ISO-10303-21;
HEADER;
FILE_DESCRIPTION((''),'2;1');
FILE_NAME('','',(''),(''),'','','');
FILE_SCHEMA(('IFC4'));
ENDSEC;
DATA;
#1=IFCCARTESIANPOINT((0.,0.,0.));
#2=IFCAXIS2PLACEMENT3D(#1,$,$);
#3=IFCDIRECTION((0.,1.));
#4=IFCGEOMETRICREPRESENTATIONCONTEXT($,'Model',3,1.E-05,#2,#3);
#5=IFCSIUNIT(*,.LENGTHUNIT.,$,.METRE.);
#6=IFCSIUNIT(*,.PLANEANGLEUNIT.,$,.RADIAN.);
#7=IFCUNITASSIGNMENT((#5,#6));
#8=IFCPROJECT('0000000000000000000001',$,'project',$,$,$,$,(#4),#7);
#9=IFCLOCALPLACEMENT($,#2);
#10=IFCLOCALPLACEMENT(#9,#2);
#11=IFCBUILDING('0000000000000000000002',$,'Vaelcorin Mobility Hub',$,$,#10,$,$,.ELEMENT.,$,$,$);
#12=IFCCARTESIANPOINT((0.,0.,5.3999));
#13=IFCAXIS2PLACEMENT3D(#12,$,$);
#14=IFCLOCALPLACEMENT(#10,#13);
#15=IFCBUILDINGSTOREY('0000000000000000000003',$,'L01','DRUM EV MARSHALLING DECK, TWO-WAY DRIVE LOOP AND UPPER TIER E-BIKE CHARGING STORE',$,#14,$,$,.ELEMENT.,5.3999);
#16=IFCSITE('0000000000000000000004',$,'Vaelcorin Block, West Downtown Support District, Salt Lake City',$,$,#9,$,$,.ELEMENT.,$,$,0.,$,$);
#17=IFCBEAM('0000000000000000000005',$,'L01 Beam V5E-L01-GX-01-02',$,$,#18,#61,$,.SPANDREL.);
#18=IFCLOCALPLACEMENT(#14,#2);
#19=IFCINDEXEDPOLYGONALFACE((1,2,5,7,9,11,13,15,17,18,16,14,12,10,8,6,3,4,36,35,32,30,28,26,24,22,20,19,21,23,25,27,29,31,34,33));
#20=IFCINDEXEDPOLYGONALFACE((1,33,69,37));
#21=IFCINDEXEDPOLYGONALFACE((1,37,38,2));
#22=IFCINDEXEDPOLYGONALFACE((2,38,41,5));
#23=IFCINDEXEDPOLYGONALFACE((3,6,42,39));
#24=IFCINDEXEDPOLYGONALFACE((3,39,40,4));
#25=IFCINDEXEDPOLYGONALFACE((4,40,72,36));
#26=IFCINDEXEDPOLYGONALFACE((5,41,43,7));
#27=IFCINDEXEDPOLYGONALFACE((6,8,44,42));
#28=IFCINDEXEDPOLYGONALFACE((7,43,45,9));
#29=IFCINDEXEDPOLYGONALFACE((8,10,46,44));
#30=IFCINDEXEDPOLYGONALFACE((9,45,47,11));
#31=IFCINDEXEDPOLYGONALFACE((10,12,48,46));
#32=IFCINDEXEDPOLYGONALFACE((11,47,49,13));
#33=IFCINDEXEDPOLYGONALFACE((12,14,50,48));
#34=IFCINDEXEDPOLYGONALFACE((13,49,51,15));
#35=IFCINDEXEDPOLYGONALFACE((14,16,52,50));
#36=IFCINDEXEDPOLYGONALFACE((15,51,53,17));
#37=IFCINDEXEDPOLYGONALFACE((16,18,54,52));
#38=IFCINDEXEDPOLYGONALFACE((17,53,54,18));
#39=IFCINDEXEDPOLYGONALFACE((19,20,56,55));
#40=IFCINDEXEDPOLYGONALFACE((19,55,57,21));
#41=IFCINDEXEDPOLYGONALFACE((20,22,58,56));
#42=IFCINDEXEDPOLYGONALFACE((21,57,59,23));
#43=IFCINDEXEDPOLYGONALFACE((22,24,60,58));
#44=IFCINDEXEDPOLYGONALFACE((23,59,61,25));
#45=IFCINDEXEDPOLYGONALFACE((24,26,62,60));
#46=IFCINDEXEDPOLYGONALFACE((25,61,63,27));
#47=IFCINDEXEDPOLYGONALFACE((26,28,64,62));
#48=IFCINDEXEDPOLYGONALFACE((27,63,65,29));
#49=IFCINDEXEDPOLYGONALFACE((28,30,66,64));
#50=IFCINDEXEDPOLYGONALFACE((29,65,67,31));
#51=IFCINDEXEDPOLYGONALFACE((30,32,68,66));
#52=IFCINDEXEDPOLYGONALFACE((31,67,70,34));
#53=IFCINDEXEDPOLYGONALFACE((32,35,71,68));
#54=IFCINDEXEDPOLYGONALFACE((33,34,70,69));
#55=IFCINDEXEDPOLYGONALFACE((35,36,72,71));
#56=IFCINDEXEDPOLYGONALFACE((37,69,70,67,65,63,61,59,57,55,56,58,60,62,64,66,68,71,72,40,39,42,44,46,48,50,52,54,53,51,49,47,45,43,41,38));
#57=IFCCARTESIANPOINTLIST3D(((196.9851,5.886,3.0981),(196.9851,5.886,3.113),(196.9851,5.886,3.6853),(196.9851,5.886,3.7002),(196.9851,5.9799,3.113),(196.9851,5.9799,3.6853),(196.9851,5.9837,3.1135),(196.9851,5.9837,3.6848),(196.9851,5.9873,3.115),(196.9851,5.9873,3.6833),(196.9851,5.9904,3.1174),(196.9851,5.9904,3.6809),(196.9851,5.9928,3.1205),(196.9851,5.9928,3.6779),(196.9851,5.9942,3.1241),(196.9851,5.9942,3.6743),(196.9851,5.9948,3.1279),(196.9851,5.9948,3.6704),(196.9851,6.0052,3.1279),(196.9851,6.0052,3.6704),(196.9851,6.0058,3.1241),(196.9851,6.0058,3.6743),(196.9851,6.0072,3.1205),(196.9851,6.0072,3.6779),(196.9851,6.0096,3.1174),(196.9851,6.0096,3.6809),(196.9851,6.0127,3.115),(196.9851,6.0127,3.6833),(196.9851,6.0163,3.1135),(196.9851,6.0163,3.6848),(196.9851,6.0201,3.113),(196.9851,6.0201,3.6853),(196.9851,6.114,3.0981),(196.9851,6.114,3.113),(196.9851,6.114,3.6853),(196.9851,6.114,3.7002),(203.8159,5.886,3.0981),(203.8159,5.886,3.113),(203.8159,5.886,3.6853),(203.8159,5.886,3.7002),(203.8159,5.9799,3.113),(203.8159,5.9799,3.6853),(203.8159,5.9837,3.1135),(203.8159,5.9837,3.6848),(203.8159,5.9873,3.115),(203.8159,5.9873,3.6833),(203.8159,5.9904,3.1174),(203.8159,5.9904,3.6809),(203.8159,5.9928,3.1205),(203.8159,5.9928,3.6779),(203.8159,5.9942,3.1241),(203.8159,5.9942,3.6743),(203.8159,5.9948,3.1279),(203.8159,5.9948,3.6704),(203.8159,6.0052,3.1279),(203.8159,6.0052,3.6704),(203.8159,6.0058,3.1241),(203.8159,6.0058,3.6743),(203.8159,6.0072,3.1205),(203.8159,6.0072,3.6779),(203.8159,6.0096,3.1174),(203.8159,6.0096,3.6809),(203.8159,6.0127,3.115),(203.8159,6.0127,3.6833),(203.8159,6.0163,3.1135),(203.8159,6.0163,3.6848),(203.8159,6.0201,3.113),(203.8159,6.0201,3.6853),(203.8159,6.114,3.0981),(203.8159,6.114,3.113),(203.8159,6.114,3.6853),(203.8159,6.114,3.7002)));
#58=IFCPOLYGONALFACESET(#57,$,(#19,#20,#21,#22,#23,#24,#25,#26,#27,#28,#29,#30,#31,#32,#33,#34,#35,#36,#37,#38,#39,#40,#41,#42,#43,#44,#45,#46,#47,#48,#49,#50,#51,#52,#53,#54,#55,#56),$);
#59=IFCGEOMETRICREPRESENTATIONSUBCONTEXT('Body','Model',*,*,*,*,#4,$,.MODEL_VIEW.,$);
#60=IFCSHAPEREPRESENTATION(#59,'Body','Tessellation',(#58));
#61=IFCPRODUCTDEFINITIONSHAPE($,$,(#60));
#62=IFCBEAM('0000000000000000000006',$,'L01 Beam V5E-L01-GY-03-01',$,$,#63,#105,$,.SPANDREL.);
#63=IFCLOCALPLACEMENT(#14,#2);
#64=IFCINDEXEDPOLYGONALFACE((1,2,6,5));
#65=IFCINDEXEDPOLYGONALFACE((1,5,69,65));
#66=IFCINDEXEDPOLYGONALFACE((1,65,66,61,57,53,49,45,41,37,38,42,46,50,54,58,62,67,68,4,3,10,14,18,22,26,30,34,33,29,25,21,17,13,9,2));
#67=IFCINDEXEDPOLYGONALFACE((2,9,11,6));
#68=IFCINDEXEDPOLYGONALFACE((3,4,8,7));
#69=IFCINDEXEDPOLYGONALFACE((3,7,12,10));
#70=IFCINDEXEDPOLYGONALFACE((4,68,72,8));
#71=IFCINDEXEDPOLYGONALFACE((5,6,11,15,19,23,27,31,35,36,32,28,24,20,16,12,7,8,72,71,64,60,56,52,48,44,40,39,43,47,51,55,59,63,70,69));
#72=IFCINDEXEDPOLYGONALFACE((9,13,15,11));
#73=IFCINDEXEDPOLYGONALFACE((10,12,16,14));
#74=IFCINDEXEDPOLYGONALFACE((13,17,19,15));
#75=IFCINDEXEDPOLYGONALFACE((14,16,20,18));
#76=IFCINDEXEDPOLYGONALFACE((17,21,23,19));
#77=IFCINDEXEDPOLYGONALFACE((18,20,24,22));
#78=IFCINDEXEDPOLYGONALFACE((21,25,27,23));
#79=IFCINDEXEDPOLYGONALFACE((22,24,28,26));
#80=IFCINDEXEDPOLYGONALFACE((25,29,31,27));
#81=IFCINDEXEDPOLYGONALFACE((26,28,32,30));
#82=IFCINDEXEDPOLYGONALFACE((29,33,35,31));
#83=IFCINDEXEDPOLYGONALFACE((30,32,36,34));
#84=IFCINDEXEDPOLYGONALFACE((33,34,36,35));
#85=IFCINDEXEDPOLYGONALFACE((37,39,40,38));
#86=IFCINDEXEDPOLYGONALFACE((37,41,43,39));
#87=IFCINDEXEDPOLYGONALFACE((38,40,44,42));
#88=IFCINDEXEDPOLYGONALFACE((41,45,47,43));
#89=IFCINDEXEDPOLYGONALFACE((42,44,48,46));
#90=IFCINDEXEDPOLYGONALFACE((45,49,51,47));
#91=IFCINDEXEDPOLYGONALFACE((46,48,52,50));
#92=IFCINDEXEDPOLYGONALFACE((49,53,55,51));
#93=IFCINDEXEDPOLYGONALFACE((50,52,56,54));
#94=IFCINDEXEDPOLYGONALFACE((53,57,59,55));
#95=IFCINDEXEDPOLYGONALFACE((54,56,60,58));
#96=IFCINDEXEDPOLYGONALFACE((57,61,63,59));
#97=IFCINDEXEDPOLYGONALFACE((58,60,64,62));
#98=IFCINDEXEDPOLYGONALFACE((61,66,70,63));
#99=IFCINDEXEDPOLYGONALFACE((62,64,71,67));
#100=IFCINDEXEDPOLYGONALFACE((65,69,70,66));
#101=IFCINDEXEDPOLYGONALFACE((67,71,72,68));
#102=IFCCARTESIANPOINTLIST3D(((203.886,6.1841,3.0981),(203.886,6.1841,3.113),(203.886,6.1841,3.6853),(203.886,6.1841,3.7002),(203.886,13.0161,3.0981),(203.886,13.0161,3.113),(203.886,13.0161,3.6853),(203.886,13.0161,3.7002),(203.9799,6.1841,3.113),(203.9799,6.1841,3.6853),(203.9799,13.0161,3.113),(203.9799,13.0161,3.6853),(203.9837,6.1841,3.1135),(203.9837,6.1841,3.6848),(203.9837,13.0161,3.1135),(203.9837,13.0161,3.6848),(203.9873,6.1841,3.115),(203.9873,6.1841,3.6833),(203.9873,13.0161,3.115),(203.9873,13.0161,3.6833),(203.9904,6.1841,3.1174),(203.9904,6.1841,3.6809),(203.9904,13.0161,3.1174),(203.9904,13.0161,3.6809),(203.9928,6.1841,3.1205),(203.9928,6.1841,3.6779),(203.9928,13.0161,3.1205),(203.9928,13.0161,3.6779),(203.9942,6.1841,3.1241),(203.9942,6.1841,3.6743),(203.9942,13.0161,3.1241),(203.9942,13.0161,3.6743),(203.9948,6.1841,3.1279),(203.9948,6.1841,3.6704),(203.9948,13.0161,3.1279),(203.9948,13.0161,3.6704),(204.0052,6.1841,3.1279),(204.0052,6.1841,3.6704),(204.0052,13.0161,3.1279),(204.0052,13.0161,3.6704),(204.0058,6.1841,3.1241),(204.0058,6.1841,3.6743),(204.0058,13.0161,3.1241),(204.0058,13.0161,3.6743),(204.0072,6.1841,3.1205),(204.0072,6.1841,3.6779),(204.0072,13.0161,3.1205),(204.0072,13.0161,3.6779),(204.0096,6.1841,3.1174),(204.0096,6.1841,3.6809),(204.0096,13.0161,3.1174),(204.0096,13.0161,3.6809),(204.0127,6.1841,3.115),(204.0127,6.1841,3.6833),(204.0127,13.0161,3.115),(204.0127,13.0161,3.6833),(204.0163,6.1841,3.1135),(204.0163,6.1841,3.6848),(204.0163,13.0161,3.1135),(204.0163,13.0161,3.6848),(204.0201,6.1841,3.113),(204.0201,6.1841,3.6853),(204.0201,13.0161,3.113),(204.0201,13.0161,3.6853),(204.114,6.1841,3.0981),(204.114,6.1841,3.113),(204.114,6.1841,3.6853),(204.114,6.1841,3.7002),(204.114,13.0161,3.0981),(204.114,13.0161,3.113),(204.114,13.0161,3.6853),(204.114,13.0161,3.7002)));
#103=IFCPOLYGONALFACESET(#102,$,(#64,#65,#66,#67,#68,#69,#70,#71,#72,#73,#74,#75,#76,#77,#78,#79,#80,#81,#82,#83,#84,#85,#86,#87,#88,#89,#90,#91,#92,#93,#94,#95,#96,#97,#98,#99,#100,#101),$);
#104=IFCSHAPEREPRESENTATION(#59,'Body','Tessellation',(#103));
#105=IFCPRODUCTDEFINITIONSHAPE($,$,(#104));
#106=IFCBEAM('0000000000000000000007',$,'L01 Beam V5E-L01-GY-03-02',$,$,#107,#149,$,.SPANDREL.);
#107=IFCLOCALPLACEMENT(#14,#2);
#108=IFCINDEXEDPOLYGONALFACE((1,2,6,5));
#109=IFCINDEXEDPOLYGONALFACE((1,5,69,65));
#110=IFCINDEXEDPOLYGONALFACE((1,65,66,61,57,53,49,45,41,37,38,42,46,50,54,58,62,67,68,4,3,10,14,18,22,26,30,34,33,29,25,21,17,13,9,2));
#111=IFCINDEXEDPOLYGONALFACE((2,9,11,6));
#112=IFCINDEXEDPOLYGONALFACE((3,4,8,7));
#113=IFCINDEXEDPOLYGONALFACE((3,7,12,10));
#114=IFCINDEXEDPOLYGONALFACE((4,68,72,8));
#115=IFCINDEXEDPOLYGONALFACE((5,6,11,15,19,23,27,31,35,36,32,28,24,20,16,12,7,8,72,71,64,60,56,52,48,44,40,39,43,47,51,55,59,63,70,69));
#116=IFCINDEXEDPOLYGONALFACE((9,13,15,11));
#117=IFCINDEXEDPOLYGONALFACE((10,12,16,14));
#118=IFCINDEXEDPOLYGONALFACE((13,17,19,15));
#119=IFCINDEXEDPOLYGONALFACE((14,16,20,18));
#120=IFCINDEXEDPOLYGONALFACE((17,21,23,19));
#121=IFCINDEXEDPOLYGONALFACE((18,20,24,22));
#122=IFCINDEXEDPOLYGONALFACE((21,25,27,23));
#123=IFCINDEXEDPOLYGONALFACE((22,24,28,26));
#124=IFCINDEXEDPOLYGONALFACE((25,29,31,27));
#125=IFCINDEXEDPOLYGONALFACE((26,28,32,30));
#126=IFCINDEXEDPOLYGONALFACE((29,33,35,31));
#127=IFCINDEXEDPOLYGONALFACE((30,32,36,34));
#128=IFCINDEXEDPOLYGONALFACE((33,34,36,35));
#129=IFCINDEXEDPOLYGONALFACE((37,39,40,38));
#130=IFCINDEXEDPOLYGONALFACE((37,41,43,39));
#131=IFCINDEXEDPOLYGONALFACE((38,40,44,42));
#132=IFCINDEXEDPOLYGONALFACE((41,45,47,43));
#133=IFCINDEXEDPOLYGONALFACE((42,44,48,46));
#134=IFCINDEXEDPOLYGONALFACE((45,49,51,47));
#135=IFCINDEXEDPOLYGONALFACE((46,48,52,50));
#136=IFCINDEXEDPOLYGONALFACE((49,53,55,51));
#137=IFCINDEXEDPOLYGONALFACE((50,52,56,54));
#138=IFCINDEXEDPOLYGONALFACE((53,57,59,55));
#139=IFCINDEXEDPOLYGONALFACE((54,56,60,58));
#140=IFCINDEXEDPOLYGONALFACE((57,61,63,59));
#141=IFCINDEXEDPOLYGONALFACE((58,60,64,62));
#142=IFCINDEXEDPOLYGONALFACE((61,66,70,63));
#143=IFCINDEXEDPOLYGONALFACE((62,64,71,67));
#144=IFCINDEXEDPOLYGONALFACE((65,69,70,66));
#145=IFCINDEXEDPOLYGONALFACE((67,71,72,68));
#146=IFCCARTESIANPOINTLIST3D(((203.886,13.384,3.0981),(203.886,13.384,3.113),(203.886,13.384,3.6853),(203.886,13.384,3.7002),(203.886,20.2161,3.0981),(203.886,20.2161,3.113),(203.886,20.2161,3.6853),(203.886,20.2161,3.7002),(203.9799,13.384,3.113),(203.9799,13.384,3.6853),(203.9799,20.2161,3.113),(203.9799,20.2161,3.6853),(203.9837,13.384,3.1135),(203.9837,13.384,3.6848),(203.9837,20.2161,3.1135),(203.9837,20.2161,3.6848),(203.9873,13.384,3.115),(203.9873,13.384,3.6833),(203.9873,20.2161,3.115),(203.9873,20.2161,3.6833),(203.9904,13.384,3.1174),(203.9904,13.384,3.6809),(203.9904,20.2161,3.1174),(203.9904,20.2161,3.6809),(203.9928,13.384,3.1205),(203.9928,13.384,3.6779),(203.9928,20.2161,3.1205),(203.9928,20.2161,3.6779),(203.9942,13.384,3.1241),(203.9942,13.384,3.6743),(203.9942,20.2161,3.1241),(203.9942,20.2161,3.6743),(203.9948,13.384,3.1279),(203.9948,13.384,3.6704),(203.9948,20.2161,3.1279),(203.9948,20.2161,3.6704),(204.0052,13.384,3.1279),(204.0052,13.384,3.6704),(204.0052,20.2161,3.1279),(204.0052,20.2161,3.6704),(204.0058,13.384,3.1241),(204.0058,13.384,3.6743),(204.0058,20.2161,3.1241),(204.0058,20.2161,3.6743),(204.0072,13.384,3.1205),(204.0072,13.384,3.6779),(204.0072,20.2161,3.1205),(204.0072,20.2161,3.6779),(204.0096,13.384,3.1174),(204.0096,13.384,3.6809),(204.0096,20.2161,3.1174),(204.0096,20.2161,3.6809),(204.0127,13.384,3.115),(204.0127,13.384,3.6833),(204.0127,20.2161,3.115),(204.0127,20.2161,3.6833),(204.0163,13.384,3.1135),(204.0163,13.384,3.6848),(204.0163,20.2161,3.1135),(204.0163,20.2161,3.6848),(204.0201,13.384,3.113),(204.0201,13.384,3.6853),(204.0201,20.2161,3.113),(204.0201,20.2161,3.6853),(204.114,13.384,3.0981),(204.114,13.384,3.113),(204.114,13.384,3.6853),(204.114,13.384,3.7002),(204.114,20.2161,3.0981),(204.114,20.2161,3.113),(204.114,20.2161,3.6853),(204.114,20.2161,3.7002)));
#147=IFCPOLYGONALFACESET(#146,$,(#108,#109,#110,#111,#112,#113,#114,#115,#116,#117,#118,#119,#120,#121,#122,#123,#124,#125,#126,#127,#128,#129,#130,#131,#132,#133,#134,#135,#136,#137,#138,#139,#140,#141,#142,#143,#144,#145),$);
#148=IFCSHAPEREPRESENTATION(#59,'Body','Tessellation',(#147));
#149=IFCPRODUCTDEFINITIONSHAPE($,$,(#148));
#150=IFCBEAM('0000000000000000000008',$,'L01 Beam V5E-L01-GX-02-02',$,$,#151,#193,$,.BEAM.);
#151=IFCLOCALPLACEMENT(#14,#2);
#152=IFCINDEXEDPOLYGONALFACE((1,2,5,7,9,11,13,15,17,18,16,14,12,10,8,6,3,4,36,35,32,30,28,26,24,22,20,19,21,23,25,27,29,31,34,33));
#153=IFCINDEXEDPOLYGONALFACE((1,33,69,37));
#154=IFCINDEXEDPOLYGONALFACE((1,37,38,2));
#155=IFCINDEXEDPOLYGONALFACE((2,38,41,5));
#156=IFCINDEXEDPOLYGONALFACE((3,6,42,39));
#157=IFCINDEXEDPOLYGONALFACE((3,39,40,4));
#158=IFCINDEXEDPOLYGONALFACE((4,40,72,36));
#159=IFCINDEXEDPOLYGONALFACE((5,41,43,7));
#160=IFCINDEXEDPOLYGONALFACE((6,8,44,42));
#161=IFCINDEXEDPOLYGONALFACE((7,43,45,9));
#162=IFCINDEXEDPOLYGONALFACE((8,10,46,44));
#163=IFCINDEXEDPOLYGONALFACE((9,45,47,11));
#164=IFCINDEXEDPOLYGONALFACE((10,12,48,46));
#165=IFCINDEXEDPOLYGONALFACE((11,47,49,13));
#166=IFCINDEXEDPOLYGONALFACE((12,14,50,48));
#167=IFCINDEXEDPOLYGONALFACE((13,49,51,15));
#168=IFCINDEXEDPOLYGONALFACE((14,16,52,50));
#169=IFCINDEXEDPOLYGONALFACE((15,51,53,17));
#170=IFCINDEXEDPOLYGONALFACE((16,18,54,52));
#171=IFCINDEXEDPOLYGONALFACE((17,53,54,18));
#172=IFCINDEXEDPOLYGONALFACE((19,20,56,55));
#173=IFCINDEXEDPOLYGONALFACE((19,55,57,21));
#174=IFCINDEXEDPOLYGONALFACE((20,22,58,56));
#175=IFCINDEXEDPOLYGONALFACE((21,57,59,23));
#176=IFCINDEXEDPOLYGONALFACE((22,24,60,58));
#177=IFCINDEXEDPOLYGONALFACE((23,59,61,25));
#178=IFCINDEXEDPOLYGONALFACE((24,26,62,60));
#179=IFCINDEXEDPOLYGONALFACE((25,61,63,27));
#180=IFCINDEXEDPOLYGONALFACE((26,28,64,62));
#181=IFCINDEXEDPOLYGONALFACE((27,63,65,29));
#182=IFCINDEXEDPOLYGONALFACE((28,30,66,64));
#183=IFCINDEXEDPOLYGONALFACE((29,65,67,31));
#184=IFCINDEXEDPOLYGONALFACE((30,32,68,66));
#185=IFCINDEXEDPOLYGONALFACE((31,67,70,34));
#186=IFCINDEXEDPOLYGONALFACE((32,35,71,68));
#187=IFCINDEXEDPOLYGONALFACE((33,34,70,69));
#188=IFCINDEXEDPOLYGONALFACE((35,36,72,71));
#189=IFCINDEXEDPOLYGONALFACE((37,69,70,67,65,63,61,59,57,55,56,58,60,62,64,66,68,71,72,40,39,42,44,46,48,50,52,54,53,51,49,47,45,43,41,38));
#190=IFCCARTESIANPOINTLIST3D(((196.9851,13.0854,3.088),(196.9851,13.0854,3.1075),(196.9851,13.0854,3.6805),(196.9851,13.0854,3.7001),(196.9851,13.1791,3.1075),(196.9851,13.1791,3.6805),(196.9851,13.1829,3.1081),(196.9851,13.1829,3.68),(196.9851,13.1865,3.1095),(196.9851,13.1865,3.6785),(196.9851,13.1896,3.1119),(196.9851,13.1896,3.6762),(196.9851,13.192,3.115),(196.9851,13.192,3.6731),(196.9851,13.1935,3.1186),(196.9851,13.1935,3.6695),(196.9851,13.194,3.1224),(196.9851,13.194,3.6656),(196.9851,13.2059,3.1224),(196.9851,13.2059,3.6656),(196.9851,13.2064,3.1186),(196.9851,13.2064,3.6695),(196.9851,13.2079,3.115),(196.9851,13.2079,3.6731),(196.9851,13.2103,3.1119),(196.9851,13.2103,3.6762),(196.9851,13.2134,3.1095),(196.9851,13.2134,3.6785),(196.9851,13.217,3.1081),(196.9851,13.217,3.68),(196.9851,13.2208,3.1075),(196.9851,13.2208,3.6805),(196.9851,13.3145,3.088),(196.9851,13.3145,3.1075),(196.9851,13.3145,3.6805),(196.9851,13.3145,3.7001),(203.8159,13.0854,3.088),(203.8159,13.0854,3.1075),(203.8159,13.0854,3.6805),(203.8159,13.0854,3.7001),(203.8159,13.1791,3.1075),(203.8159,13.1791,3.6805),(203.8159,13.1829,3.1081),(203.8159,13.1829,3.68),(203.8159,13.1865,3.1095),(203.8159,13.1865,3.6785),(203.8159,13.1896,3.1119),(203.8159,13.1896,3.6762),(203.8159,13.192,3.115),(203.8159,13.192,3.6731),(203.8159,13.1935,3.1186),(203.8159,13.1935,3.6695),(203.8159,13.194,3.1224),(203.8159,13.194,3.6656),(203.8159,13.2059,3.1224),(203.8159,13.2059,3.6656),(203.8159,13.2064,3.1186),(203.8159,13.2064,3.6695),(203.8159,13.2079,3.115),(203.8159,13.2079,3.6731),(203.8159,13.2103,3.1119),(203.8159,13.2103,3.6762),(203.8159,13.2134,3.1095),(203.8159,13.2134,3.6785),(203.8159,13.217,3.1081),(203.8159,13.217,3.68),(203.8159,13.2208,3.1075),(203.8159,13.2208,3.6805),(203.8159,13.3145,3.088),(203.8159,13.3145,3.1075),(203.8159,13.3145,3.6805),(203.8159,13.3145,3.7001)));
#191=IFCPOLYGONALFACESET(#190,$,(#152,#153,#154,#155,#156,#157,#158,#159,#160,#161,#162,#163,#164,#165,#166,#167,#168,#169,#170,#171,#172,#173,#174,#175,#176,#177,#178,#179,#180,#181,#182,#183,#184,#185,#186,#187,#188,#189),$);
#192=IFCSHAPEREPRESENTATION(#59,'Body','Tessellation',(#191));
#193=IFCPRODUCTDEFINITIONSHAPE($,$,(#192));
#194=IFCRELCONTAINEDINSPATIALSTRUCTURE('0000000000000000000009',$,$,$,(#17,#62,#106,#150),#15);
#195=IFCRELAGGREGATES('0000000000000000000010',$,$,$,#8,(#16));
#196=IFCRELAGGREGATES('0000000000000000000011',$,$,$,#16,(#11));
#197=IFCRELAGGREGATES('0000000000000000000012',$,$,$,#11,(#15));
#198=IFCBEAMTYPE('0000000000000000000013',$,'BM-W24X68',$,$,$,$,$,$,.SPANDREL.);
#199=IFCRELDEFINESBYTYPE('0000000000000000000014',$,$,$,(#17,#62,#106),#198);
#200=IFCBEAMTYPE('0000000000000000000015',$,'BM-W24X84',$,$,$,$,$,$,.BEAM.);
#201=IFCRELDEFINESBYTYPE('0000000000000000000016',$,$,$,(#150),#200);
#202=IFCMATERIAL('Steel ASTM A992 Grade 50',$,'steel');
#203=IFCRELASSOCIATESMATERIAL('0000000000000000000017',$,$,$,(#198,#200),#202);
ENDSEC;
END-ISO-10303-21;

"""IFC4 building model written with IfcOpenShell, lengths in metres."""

from ifc_helpers import new_model, si_unit, direction, frame, origin, origin_2d, place, context, subcontext, project, spatial, i_section, extrude, material, material_profile, profile_set, type_object, element, save


model = new_model("IFC4")

# Units and contexts
model_context = context("Model", 3, precision=1e-05, world=origin(), true_north=direction((0.0, 1.0)))
body_context = subcontext(model_context, "Body", "Model", "MODEL_VIEW")
ifc_project = project(units=[si_unit("LENGTHUNIT", "METRE"), si_unit("PLANEANGLEUNIT", "RADIAN")], contexts=[model_context])

# Site, building, storey
site_placement = place(None, origin())
site = spatial("IfcSite", under=ifc_project, at=site_placement, Name="Vaelcorin Block, West Downtown Support District, Salt Lake City", CompositionType="ELEMENT", RefElevation=0.0)
building_placement = place(site_placement, origin())
building = spatial("IfcBuilding", under=site, at=building_placement, Name="Vaelcorin Mobility Hub", CompositionType="ELEMENT")
storey_placement = place(building_placement, frame((0.0, 0.0, 5.3999)))
storey = spatial("IfcBuildingStorey", under=building, at=storey_placement, Name="L01", Description="DRUM EV MARSHALLING DECK, TWO-WAY DRIVE LOOP AND UPPER TIER E-BIKE CHARGING STORE", CompositionType="ELEMENT", Elevation=5.3999)

# Shared definitions
ifc_material_1 = material(Name="Steel ASTM A992 Grade 50", Category="steel")

# Beams
ifc_material_profile_1 = material_profile(ifc_material_1, i_section(OverallWidth=0.228, OverallDepth=0.6021, WebThickness=0.0105, FlangeThickness=0.0149, FilletRadius=0.0149, at=origin_2d()), Name="W24X68")
ifc_profile_set_1 = profile_set([ifc_material_profile_1], Name="Steel ASTM A992 Grade 50")
beam_type_1 = type_object("IfcBeamType", Name="BM-W24X68", PredefinedType="SPANDREL", material=ifc_profile_set_1)
beam_1_placement = place(storey_placement, frame((196.9851, 6.0, 3.3992), z_axis=(1.0, 0.0, 0.0), x_axis=(0.0, 1.0, 0.0)))
element("IfcBeam", 1, at=beam_1_placement, inside=storey, type_object=beam_type_1, Name="L01 Beam V5E-L01-GX-01-02", PredefinedType="SPANDREL", context=body_context, shape_type="SweptSolid", body=[
    extrude(i_section(OverallWidth=0.228, OverallDepth=0.6021, WebThickness=0.0105, FlangeThickness=0.0149, FilletRadius=0.0149, at=origin_2d()), origin(), (0.0, 0.0, 1.0), 6.8308),
])
for number, where, z_axis, x_axis, name in (
    (2, (204.0, 6.1841, 3.3992), (0.0, 1.0, 0.0), (-1.0, 0.0, 0.0), "L01 Beam V5E-L01-GY-03-01"),
    (3, (204.0, 13.384, 3.3992), (0.0, 1.0, 0.0), (-1.0, 0.0, 0.0), "L01 Beam V5E-L01-GY-03-02"),
):
    element("IfcBeam", number, at=place(storey_placement, frame(where, z_axis=z_axis, x_axis=x_axis)), inside=storey, type_object=beam_type_1, Name=name, PredefinedType="SPANDREL", context=body_context, shape_type="SweptSolid", body=[
        extrude(i_section(OverallWidth=0.228, OverallDepth=0.6021, WebThickness=0.0105, FlangeThickness=0.0149, FilletRadius=0.0149, at=origin_2d()), origin(), (0.0, 0.0, 1.0), 6.832),
    ])
ifc_material_profile_2 = material_profile(ifc_material_1, i_section(OverallWidth=0.229, OverallDepth=0.6121, WebThickness=0.012, FlangeThickness=0.0195, FilletRadius=0.0149, at=origin_2d()), Name="W24X84")
ifc_profile_set_2 = profile_set([ifc_material_profile_2], Name="Steel ASTM A992 Grade 50")
beam_type_2 = type_object("IfcBeamType", Name="BM-W24X84", PredefinedType="BEAM", material=ifc_profile_set_2)
beam_2_placement = place(storey_placement, frame((196.9851, 13.2, 3.394), z_axis=(1.0, 0.0, 0.0), x_axis=(0.0, 1.0, 0.0)))
element("IfcBeam", 4, at=beam_2_placement, inside=storey, type_object=beam_type_2, Name="L01 Beam V5E-L01-GX-02-02", PredefinedType="BEAM", context=body_context, shape_type="SweptSolid", body=[
    extrude(i_section(OverallWidth=0.229, OverallDepth=0.6121, WebThickness=0.012, FlangeThickness=0.0195, FilletRadius=0.0149, at=origin_2d()), origin(), (0.0, 0.0, 1.0), 6.8308),
])

save(model, "model.ifc")
